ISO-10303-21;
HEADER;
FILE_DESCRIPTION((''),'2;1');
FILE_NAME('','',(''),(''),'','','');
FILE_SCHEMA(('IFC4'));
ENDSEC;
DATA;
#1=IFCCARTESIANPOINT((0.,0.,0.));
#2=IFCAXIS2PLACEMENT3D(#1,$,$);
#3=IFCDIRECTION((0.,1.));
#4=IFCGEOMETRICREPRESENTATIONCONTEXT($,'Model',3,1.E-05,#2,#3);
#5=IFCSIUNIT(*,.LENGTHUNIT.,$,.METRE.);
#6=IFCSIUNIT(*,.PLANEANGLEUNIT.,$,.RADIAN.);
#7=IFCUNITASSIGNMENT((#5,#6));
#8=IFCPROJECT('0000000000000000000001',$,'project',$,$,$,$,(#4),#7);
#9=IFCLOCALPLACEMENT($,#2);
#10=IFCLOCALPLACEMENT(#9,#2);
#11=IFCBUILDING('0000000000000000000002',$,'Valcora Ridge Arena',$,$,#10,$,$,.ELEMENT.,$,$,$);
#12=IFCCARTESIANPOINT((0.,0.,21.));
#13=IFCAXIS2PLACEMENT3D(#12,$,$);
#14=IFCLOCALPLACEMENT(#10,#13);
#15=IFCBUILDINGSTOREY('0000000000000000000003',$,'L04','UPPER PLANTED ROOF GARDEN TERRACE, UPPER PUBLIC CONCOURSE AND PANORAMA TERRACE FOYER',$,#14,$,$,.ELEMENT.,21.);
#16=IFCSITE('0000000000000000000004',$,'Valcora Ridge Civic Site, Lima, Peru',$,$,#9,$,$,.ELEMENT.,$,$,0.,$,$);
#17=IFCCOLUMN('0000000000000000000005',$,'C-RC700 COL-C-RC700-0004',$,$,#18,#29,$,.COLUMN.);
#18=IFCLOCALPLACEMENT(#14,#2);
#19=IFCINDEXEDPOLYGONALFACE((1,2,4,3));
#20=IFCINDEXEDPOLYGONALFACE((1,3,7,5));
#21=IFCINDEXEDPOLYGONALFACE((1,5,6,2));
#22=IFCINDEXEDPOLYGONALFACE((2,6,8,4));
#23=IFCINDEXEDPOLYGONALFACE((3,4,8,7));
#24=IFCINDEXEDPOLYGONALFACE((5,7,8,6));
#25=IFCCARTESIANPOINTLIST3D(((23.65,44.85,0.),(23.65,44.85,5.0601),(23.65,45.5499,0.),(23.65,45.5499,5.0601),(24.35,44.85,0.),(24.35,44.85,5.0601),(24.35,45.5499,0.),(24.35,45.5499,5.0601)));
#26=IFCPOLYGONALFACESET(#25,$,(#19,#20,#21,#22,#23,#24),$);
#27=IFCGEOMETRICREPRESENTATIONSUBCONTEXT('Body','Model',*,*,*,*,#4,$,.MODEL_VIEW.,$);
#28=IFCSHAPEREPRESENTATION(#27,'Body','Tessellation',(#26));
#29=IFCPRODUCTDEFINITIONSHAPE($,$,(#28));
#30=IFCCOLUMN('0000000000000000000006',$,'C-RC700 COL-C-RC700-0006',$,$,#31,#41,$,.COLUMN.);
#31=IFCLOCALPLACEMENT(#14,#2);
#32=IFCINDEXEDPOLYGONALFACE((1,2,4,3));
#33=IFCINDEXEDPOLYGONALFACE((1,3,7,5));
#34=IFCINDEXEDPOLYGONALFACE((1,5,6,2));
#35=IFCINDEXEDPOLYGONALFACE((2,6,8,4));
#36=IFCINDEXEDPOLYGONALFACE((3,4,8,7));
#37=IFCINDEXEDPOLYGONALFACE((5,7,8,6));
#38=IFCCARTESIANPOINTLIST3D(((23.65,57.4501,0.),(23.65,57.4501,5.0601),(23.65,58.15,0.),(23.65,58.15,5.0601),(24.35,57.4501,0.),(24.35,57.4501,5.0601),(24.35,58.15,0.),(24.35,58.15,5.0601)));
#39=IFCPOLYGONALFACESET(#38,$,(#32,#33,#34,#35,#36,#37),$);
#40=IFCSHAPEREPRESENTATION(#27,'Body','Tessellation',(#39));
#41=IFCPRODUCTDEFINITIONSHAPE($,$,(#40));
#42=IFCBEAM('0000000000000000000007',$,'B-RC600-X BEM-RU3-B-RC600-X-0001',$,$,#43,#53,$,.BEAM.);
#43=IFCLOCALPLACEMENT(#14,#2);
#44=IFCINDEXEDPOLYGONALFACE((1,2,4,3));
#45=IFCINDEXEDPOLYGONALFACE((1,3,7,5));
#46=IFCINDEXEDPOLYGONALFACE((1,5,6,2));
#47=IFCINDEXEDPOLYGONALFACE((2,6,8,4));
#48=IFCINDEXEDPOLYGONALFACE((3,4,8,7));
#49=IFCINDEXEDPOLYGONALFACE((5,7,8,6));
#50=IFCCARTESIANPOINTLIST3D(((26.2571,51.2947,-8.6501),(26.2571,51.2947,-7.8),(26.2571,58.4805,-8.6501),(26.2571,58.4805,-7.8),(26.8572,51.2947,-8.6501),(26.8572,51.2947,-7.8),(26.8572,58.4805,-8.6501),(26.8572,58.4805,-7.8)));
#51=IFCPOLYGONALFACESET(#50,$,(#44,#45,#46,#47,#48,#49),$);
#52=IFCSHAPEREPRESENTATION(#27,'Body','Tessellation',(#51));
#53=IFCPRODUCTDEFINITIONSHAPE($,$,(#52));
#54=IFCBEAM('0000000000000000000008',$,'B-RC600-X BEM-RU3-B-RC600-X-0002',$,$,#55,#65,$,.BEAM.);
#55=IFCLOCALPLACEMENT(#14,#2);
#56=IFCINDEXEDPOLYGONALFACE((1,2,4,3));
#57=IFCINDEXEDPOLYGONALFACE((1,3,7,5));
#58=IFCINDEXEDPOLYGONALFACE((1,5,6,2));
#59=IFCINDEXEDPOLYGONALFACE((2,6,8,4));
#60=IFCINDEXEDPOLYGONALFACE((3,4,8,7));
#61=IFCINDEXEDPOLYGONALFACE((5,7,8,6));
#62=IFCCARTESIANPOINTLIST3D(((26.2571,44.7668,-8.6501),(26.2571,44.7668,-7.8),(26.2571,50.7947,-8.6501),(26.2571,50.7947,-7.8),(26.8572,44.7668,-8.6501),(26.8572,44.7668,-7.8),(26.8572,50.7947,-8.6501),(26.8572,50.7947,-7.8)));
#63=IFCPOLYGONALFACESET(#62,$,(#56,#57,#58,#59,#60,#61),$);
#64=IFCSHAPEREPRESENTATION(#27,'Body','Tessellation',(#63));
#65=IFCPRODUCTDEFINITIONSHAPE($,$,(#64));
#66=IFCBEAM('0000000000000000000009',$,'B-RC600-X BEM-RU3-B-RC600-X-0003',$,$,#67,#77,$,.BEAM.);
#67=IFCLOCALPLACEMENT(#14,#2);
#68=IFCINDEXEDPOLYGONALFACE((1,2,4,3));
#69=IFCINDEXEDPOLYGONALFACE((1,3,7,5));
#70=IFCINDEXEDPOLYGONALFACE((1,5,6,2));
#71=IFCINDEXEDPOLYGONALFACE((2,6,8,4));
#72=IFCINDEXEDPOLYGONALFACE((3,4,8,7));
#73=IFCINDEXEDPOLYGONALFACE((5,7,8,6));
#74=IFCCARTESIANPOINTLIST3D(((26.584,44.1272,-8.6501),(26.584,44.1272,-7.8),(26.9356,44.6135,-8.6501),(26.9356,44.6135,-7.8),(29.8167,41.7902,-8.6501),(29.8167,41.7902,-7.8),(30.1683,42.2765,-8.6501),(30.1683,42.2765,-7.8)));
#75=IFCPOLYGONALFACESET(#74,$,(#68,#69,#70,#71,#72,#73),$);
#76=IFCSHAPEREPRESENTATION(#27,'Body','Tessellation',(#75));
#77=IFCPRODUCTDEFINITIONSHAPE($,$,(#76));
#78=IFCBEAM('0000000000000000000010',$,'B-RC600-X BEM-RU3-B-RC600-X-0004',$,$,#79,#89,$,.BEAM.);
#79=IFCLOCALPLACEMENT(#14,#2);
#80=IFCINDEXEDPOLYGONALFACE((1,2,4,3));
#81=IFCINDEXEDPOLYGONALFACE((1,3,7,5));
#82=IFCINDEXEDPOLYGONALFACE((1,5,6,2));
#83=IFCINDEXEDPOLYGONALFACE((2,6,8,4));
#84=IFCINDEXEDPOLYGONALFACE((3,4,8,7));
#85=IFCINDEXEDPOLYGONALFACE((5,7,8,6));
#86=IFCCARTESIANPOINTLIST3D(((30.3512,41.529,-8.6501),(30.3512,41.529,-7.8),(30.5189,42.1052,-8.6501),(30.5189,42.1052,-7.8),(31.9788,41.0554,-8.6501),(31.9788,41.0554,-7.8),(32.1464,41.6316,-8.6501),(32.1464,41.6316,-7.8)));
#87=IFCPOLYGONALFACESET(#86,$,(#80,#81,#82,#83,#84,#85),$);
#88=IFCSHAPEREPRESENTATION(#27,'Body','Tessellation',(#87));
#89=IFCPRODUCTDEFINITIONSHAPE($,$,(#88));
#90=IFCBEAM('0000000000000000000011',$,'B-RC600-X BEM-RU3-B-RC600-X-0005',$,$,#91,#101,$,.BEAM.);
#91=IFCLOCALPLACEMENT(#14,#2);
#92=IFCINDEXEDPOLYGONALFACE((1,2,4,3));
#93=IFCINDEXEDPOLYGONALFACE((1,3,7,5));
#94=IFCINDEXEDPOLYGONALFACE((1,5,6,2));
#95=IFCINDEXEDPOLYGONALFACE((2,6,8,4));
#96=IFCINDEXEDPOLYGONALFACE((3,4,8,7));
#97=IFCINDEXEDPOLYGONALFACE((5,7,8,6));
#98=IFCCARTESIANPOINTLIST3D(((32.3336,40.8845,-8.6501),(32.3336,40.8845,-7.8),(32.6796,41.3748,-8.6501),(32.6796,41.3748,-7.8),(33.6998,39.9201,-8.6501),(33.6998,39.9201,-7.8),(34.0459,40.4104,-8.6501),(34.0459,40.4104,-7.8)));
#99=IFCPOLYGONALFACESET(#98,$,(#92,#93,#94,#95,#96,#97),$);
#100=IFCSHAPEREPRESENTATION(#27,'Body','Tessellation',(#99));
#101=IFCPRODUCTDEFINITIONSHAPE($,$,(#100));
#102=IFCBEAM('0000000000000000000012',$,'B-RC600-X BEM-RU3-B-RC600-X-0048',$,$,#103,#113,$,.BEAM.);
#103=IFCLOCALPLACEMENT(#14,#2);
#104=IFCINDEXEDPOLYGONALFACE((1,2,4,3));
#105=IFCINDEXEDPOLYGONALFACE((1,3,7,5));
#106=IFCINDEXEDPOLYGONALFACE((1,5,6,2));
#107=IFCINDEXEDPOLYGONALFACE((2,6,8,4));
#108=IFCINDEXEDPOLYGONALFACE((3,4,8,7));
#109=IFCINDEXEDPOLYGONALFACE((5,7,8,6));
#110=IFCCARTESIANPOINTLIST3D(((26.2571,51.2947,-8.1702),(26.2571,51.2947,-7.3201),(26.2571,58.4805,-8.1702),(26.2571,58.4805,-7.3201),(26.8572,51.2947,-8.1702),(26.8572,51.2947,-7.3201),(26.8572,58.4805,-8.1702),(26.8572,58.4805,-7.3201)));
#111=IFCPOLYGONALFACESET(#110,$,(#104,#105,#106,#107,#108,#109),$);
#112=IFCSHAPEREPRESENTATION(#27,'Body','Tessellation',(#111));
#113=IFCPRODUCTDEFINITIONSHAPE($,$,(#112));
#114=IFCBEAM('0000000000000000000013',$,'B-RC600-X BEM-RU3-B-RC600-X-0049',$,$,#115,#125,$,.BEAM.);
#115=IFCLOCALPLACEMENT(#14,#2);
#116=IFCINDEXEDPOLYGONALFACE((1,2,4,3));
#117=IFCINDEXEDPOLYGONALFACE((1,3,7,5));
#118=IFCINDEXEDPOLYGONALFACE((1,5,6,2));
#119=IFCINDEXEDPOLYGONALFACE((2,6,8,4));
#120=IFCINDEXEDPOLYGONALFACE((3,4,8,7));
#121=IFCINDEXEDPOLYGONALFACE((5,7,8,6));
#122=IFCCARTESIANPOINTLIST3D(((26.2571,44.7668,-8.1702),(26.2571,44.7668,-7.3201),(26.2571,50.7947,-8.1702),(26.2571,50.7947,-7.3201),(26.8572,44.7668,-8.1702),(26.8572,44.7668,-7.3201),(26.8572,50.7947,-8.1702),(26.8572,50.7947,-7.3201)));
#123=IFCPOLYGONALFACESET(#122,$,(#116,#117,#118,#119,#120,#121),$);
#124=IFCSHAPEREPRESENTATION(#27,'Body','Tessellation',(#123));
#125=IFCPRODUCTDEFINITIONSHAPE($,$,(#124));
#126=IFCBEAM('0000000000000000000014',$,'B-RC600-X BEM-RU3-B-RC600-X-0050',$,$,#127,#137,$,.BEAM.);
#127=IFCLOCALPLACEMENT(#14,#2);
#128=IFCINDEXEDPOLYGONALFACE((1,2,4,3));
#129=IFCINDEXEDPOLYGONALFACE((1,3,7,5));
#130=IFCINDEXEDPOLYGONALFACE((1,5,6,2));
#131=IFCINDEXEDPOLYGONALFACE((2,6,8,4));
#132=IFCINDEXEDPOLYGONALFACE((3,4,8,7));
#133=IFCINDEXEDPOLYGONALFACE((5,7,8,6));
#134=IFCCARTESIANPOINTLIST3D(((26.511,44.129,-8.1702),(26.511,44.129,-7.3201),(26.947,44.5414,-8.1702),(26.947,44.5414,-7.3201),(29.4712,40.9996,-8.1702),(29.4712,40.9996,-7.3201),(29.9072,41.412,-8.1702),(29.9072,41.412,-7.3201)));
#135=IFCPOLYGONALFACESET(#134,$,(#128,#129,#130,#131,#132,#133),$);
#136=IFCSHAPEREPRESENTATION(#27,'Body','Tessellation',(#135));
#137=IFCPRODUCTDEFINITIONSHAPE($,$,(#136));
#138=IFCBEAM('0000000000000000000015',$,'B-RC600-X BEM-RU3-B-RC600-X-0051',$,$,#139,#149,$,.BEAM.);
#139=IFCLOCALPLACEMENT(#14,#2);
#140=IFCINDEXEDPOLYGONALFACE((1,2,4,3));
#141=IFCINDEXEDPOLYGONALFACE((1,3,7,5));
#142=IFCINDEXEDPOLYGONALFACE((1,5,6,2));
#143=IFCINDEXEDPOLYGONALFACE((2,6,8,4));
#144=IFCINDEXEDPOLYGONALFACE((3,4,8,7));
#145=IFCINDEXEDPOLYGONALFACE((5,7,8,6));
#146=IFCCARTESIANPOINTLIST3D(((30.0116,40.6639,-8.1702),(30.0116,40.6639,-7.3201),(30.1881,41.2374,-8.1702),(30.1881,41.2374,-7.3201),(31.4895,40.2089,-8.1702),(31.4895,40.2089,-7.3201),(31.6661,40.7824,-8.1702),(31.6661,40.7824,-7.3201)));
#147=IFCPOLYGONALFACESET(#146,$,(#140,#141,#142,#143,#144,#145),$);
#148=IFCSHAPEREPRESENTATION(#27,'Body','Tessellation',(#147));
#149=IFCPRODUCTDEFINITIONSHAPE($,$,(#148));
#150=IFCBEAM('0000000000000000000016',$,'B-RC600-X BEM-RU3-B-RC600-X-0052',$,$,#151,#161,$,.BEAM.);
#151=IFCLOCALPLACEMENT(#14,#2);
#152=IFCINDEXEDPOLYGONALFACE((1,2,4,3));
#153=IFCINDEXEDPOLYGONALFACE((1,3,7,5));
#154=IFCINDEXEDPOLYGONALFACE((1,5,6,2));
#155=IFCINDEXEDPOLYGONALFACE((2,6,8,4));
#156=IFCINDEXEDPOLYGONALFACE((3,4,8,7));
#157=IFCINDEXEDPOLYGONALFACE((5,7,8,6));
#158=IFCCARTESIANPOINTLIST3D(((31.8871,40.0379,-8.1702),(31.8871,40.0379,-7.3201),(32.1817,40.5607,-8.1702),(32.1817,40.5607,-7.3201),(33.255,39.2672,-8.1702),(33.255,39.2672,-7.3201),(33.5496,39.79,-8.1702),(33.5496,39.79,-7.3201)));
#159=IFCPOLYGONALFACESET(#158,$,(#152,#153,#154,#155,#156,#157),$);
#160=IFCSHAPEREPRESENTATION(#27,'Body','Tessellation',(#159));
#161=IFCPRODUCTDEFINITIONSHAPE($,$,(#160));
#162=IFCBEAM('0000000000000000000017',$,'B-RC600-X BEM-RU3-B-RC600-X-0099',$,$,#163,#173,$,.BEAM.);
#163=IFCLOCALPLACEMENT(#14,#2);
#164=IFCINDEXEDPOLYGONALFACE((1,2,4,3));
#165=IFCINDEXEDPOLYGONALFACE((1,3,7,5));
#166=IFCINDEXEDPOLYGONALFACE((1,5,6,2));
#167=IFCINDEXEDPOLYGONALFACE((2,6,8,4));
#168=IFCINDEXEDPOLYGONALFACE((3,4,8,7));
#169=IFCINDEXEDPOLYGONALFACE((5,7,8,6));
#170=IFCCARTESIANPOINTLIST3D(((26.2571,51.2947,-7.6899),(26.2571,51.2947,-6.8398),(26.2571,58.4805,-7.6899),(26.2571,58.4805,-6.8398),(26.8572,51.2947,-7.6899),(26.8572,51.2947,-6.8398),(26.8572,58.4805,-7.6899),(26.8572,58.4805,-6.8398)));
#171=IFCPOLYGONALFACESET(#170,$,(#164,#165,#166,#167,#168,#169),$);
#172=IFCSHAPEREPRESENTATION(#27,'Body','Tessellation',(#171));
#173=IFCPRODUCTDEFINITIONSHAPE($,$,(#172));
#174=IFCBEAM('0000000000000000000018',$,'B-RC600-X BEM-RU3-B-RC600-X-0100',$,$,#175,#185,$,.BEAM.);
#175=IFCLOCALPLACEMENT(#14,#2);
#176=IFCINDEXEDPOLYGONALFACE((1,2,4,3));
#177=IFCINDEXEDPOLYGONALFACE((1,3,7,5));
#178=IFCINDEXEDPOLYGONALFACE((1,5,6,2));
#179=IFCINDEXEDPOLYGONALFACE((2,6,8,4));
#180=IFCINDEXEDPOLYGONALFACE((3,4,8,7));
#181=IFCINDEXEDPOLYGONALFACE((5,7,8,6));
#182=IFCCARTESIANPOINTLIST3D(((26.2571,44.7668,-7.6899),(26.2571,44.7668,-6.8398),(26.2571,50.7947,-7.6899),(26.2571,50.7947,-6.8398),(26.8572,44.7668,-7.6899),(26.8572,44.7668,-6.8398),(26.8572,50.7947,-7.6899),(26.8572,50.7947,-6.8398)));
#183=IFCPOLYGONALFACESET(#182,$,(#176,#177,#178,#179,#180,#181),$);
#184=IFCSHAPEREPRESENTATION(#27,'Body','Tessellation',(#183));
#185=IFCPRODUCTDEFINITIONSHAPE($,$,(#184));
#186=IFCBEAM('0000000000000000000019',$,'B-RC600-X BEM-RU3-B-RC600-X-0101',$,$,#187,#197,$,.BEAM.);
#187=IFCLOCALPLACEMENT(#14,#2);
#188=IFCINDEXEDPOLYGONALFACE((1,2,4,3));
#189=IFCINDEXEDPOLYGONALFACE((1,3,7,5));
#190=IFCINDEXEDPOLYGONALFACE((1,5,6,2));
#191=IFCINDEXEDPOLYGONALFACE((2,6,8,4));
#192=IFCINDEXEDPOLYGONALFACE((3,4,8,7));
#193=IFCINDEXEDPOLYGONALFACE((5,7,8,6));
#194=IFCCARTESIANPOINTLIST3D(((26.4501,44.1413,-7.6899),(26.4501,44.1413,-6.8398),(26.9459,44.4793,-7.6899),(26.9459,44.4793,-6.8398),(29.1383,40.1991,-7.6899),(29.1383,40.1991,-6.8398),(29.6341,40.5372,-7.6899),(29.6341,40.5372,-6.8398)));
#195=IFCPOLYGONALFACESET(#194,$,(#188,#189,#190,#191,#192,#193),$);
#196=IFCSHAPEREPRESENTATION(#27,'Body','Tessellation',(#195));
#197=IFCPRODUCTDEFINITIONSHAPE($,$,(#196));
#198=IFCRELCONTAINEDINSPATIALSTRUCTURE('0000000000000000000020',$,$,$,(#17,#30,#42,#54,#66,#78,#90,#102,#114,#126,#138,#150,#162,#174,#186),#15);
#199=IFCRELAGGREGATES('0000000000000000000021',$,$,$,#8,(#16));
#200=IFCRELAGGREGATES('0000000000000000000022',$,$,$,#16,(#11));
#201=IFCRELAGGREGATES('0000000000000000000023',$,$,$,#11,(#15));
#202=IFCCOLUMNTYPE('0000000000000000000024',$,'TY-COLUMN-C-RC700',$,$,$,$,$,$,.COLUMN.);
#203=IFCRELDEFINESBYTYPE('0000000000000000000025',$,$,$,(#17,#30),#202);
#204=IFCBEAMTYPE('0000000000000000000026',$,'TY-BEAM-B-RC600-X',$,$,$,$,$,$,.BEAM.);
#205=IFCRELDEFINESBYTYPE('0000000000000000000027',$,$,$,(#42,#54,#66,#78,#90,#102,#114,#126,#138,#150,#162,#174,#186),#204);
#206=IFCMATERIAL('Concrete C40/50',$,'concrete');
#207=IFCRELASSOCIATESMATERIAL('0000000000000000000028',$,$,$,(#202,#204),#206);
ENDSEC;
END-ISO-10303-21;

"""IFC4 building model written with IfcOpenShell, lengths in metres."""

from ifc_helpers import new_model, si_unit, direction, frame, origin, origin_2d, place, context, subcontext, project, spatial, rectangle, extrude, material, material_profile, profile_set, type_object, element, save


model = new_model("IFC4")

# Units and contexts
model_context = context("Model", 3, precision=1e-05, world=origin(), true_north=direction((0.0, 1.0)))
body_context = subcontext(model_context, "Body", "Model", "MODEL_VIEW")
ifc_project = project(units=[si_unit("LENGTHUNIT", "METRE"), si_unit("PLANEANGLEUNIT", "RADIAN")], contexts=[model_context])

# Site, building, storey
site_placement = place(None, origin())
site = spatial("IfcSite", under=ifc_project, at=site_placement, Name="Valcora Ridge Civic Site, Lima, Peru", CompositionType="ELEMENT", RefElevation=0.0)
building_placement = place(site_placement, origin())
building = spatial("IfcBuilding", under=site, at=building_placement, Name="Valcora Ridge Arena", CompositionType="ELEMENT")
storey_placement = place(building_placement, frame((0.0, 0.0, 21.0)))
storey = spatial("IfcBuildingStorey", under=building, at=storey_placement, Name="L04", Description="UPPER PLANTED ROOF GARDEN TERRACE, UPPER PUBLIC CONCOURSE AND PANORAMA TERRACE FOYER", CompositionType="ELEMENT", Elevation=21.0)

# Columns
ifc_material_1 = material(Name="Concrete C40/50", Category="concrete")
ifc_material_profile_1 = material_profile(ifc_material_1, rectangle(XDim=0.7, YDim=0.7, at=origin_2d()), Name="RC 700x700")
ifc_profile_set_1 = profile_set([ifc_material_profile_1], Name="Concrete C40/50")
column_type = type_object("IfcColumnType", Name="TY-COLUMN-C-RC700", PredefinedType="COLUMN", material=ifc_profile_set_1)
for number, where, z_axis, x_axis, name in (
    (1, (24.0, 45.2, 0.0), (0.0, 0.0, 1.0), (1.0, 0.0, 0.0), "C-RC700 COL-C-RC700-0004"),
    (2, (24.0, 57.8, 0.0), (0.0, 0.0, 1.0), (1.0, 0.0, 0.0), "C-RC700 COL-C-RC700-0006"),
):
    element("IfcColumn", number, at=place(storey_placement, frame(where, z_axis=z_axis, x_axis=x_axis)), inside=storey, type_object=column_type, Name=name, PredefinedType="COLUMN", context=body_context, shape_type="SweptSolid", body=[
        extrude(rectangle(XDim=0.7, YDim=0.7, at=origin_2d()), origin(), (0.0, 0.0, 1.0), 5.0601),
    ])

# Beams
ifc_material_profile_2 = material_profile(ifc_material_1, rectangle(XDim=0.6001, YDim=0.8501, at=origin_2d()), Name="RC 600x850")
ifc_profile_set_2 = profile_set([ifc_material_profile_2], Name="Concrete C40/50")
beam_type_1 = type_object("IfcBeamType", Name="TY-BEAM-B-RC600-X", PredefinedType="BEAM", material=ifc_profile_set_2)
beam_1_placement = place(storey_placement, frame((26.5571, 58.4805, -8.2251), z_axis=(0.0, -1.0, 0.0), x_axis=(1.0, 0.0, 0.0)))
element("IfcBeam", 3, at=beam_1_placement, inside=storey, type_object=beam_type_1, Name="B-RC600-X BEM-RU3-B-RC600-X-0001", PredefinedType="BEAM", context=body_context, shape_type="SweptSolid", body=[
    extrude(rectangle(XDim=0.6001, YDim=0.8501, at=origin_2d()), origin(), (0.0, 0.0, 1.0), 7.1858),
])
beam_2_placement = place(storey_placement, frame((26.5571, 50.7947, -8.2251), z_axis=(0.0, -1.0, 0.0), x_axis=(1.0, 0.0, 0.0)))
element("IfcBeam", 4, at=beam_2_placement, inside=storey, type_object=beam_type_1, Name="B-RC600-X BEM-RU3-B-RC600-X-0002", PredefinedType="BEAM", context=body_context, shape_type="SweptSolid", body=[
    extrude(rectangle(XDim=0.6001, YDim=0.8501, at=origin_2d()), origin(), (0.0, 0.0, 1.0), 6.0278),
])
beam_3_placement = place(storey_placement, frame((26.7598, 44.3704, -8.2251), z_axis=(0.810416, -0.585855, 0.0), x_axis=(0.585855, 0.810416, 0.0)))
element("IfcBeam", 5, at=beam_3_placement, inside=storey, type_object=beam_type_1, Name="B-RC600-X BEM-RU3-B-RC600-X-0003", PredefinedType="BEAM", context=body_context, shape_type="SweptSolid", body=[
    extrude(rectangle(XDim=0.6001, YDim=0.8501, at=origin_2d()), origin(), (0.0, 0.0, 1.0), 3.989),
])
beam_4_placement = place(storey_placement, frame((30.4351, 41.8171, -8.2251), z_axis=(0.960164, -0.279436, 0.0), x_axis=(0.279436, 0.960164, 0.0)))
element("IfcBeam", 6, at=beam_4_placement, inside=storey, type_object=beam_type_1, Name="B-RC600-X BEM-RU3-B-RC600-X-0004", PredefinedType="BEAM", context=body_context, shape_type="SweptSolid", body=[
    extrude(rectangle(XDim=0.6001, YDim=0.8501, at=origin_2d()), origin(), (0.0, 0.0, 1.0), 1.6951),
])
beam_5_placement = place(storey_placement, frame((32.5066, 41.1296, -8.2251), z_axis=(0.816976, -0.576672, 0.0), x_axis=(0.576672, 0.816976, 0.0)))
element("IfcBeam", 7, at=beam_5_placement, inside=storey, type_object=beam_type_1, Name="B-RC600-X BEM-RU3-B-RC600-X-0005", PredefinedType="BEAM", context=body_context, shape_type="SweptSolid", body=[
    extrude(rectangle(XDim=0.6001, YDim=0.8501, at=origin_2d()), origin(), (0.0, 0.0, 1.0), 1.6724),
])
beam_6_placement = place(storey_placement, frame((26.5571, 58.4805, -7.7451), z_axis=(0.0, -1.0, 0.0), x_axis=(1.0, 0.0, 0.0)))
element("IfcBeam", 8, at=beam_6_placement, inside=storey, type_object=beam_type_1, Name="B-RC600-X BEM-RU3-B-RC600-X-0048", PredefinedType="BEAM", context=body_context, shape_type="SweptSolid", body=[
    extrude(rectangle(XDim=0.6001, YDim=0.8501, at=origin_2d()), origin(), (0.0, 0.0, 1.0), 7.1858),
])
beam_7_placement = place(storey_placement, frame((26.5571, 50.7947, -7.7451), z_axis=(0.0, -1.0, 0.0), x_axis=(1.0, 0.0, 0.0)))
element("IfcBeam", 9, at=beam_7_placement, inside=storey, type_object=beam_type_1, Name="B-RC600-X BEM-RU3-B-RC600-X-0049", PredefinedType="BEAM", context=body_context, shape_type="SweptSolid", body=[
    extrude(rectangle(XDim=0.6001, YDim=0.8501, at=origin_2d()), origin(), (0.0, 0.0, 1.0), 6.0278),
])
beam_8_placement = place(storey_placement, frame((26.729, 44.3352, -7.7451), z_axis=(0.687196, -0.726472, 0.0), x_axis=(0.726472, 0.687196, 0.0)))
element("IfcBeam", 10, at=beam_8_placement, inside=storey, type_object=beam_type_1, Name="B-RC600-X BEM-RU3-B-RC600-X-0050", PredefinedType="BEAM", context=body_context, shape_type="SweptSolid", body=[
    extrude(rectangle(XDim=0.6001, YDim=0.8501, at=origin_2d()), origin(), (0.0, 0.0, 1.0), 4.3076),
])
beam_9_placement = place(storey_placement, frame((30.0999, 40.9507, -7.7451), z_axis=(0.955724, -0.294263, 0.0), x_axis=(0.294263, 0.955724, 0.0)))
element("IfcBeam", 11, at=beam_9_placement, inside=storey, type_object=beam_type_1, Name="B-RC600-X BEM-RU3-B-RC600-X-0051", PredefinedType="BEAM", context=body_context, shape_type="SweptSolid", body=[
    extrude(rectangle(XDim=0.6001, YDim=0.8501, at=origin_2d()), origin(), (0.0, 0.0, 1.0), 1.5464),
])
beam_10_placement = place(storey_placement, frame((32.0344, 40.2993, -7.7451), z_axis=(0.871222, -0.490889, 0.0), x_axis=(0.490889, 0.871222, 0.0)))
element("IfcBeam", 12, at=beam_10_placement, inside=storey, type_object=beam_type_1, Name="B-RC600-X BEM-RU3-B-RC600-X-0052", PredefinedType="BEAM", context=body_context, shape_type="SweptSolid", body=[
    extrude(rectangle(XDim=0.6001, YDim=0.8501, at=origin_2d()), origin(), (0.0, 0.0, 1.0), 1.5701),
])
beam_11_placement = place(storey_placement, frame((26.5571, 58.4805, -7.2649), z_axis=(0.0, -1.0, 0.0), x_axis=(1.0, 0.0, 0.0)))
element("IfcBeam", 13, at=beam_11_placement, inside=storey, type_object=beam_type_1, Name="B-RC600-X BEM-RU3-B-RC600-X-0099", PredefinedType="BEAM", context=body_context, shape_type="SweptSolid", body=[
    extrude(rectangle(XDim=0.6001, YDim=0.8501, at=origin_2d()), origin(), (0.0, 0.0, 1.0), 7.1858),
])
beam_12_placement = place(storey_placement, frame((26.5571, 50.7947, -7.2649), z_axis=(0.0, -1.0, 0.0), x_axis=(1.0, 0.0, 0.0)))
element("IfcBeam", 14, at=beam_12_placement, inside=storey, type_object=beam_type_1, Name="B-RC600-X BEM-RU3-B-RC600-X-0100", PredefinedType="BEAM", context=body_context, shape_type="SweptSolid", body=[
    extrude(rectangle(XDim=0.6001, YDim=0.8501, at=origin_2d()), origin(), (0.0, 0.0, 1.0), 6.0278),
])
beam_13_placement = place(storey_placement, frame((26.698, 44.3103, -7.2649), z_axis=(0.563396, -0.826187, 0.0), x_axis=(0.826187, 0.563396, 0.0)))
element("IfcBeam", 15, at=beam_13_placement, inside=storey, type_object=beam_type_1, Name="B-RC600-X BEM-RU3-B-RC600-X-0101", PredefinedType="BEAM", context=body_context, shape_type="SweptSolid", body=[
    extrude(rectangle(XDim=0.6001, YDim=0.8501, at=origin_2d()), origin(), (0.0, 0.0, 1.0), 4.7715),
])

save(model, "model.ifc")
